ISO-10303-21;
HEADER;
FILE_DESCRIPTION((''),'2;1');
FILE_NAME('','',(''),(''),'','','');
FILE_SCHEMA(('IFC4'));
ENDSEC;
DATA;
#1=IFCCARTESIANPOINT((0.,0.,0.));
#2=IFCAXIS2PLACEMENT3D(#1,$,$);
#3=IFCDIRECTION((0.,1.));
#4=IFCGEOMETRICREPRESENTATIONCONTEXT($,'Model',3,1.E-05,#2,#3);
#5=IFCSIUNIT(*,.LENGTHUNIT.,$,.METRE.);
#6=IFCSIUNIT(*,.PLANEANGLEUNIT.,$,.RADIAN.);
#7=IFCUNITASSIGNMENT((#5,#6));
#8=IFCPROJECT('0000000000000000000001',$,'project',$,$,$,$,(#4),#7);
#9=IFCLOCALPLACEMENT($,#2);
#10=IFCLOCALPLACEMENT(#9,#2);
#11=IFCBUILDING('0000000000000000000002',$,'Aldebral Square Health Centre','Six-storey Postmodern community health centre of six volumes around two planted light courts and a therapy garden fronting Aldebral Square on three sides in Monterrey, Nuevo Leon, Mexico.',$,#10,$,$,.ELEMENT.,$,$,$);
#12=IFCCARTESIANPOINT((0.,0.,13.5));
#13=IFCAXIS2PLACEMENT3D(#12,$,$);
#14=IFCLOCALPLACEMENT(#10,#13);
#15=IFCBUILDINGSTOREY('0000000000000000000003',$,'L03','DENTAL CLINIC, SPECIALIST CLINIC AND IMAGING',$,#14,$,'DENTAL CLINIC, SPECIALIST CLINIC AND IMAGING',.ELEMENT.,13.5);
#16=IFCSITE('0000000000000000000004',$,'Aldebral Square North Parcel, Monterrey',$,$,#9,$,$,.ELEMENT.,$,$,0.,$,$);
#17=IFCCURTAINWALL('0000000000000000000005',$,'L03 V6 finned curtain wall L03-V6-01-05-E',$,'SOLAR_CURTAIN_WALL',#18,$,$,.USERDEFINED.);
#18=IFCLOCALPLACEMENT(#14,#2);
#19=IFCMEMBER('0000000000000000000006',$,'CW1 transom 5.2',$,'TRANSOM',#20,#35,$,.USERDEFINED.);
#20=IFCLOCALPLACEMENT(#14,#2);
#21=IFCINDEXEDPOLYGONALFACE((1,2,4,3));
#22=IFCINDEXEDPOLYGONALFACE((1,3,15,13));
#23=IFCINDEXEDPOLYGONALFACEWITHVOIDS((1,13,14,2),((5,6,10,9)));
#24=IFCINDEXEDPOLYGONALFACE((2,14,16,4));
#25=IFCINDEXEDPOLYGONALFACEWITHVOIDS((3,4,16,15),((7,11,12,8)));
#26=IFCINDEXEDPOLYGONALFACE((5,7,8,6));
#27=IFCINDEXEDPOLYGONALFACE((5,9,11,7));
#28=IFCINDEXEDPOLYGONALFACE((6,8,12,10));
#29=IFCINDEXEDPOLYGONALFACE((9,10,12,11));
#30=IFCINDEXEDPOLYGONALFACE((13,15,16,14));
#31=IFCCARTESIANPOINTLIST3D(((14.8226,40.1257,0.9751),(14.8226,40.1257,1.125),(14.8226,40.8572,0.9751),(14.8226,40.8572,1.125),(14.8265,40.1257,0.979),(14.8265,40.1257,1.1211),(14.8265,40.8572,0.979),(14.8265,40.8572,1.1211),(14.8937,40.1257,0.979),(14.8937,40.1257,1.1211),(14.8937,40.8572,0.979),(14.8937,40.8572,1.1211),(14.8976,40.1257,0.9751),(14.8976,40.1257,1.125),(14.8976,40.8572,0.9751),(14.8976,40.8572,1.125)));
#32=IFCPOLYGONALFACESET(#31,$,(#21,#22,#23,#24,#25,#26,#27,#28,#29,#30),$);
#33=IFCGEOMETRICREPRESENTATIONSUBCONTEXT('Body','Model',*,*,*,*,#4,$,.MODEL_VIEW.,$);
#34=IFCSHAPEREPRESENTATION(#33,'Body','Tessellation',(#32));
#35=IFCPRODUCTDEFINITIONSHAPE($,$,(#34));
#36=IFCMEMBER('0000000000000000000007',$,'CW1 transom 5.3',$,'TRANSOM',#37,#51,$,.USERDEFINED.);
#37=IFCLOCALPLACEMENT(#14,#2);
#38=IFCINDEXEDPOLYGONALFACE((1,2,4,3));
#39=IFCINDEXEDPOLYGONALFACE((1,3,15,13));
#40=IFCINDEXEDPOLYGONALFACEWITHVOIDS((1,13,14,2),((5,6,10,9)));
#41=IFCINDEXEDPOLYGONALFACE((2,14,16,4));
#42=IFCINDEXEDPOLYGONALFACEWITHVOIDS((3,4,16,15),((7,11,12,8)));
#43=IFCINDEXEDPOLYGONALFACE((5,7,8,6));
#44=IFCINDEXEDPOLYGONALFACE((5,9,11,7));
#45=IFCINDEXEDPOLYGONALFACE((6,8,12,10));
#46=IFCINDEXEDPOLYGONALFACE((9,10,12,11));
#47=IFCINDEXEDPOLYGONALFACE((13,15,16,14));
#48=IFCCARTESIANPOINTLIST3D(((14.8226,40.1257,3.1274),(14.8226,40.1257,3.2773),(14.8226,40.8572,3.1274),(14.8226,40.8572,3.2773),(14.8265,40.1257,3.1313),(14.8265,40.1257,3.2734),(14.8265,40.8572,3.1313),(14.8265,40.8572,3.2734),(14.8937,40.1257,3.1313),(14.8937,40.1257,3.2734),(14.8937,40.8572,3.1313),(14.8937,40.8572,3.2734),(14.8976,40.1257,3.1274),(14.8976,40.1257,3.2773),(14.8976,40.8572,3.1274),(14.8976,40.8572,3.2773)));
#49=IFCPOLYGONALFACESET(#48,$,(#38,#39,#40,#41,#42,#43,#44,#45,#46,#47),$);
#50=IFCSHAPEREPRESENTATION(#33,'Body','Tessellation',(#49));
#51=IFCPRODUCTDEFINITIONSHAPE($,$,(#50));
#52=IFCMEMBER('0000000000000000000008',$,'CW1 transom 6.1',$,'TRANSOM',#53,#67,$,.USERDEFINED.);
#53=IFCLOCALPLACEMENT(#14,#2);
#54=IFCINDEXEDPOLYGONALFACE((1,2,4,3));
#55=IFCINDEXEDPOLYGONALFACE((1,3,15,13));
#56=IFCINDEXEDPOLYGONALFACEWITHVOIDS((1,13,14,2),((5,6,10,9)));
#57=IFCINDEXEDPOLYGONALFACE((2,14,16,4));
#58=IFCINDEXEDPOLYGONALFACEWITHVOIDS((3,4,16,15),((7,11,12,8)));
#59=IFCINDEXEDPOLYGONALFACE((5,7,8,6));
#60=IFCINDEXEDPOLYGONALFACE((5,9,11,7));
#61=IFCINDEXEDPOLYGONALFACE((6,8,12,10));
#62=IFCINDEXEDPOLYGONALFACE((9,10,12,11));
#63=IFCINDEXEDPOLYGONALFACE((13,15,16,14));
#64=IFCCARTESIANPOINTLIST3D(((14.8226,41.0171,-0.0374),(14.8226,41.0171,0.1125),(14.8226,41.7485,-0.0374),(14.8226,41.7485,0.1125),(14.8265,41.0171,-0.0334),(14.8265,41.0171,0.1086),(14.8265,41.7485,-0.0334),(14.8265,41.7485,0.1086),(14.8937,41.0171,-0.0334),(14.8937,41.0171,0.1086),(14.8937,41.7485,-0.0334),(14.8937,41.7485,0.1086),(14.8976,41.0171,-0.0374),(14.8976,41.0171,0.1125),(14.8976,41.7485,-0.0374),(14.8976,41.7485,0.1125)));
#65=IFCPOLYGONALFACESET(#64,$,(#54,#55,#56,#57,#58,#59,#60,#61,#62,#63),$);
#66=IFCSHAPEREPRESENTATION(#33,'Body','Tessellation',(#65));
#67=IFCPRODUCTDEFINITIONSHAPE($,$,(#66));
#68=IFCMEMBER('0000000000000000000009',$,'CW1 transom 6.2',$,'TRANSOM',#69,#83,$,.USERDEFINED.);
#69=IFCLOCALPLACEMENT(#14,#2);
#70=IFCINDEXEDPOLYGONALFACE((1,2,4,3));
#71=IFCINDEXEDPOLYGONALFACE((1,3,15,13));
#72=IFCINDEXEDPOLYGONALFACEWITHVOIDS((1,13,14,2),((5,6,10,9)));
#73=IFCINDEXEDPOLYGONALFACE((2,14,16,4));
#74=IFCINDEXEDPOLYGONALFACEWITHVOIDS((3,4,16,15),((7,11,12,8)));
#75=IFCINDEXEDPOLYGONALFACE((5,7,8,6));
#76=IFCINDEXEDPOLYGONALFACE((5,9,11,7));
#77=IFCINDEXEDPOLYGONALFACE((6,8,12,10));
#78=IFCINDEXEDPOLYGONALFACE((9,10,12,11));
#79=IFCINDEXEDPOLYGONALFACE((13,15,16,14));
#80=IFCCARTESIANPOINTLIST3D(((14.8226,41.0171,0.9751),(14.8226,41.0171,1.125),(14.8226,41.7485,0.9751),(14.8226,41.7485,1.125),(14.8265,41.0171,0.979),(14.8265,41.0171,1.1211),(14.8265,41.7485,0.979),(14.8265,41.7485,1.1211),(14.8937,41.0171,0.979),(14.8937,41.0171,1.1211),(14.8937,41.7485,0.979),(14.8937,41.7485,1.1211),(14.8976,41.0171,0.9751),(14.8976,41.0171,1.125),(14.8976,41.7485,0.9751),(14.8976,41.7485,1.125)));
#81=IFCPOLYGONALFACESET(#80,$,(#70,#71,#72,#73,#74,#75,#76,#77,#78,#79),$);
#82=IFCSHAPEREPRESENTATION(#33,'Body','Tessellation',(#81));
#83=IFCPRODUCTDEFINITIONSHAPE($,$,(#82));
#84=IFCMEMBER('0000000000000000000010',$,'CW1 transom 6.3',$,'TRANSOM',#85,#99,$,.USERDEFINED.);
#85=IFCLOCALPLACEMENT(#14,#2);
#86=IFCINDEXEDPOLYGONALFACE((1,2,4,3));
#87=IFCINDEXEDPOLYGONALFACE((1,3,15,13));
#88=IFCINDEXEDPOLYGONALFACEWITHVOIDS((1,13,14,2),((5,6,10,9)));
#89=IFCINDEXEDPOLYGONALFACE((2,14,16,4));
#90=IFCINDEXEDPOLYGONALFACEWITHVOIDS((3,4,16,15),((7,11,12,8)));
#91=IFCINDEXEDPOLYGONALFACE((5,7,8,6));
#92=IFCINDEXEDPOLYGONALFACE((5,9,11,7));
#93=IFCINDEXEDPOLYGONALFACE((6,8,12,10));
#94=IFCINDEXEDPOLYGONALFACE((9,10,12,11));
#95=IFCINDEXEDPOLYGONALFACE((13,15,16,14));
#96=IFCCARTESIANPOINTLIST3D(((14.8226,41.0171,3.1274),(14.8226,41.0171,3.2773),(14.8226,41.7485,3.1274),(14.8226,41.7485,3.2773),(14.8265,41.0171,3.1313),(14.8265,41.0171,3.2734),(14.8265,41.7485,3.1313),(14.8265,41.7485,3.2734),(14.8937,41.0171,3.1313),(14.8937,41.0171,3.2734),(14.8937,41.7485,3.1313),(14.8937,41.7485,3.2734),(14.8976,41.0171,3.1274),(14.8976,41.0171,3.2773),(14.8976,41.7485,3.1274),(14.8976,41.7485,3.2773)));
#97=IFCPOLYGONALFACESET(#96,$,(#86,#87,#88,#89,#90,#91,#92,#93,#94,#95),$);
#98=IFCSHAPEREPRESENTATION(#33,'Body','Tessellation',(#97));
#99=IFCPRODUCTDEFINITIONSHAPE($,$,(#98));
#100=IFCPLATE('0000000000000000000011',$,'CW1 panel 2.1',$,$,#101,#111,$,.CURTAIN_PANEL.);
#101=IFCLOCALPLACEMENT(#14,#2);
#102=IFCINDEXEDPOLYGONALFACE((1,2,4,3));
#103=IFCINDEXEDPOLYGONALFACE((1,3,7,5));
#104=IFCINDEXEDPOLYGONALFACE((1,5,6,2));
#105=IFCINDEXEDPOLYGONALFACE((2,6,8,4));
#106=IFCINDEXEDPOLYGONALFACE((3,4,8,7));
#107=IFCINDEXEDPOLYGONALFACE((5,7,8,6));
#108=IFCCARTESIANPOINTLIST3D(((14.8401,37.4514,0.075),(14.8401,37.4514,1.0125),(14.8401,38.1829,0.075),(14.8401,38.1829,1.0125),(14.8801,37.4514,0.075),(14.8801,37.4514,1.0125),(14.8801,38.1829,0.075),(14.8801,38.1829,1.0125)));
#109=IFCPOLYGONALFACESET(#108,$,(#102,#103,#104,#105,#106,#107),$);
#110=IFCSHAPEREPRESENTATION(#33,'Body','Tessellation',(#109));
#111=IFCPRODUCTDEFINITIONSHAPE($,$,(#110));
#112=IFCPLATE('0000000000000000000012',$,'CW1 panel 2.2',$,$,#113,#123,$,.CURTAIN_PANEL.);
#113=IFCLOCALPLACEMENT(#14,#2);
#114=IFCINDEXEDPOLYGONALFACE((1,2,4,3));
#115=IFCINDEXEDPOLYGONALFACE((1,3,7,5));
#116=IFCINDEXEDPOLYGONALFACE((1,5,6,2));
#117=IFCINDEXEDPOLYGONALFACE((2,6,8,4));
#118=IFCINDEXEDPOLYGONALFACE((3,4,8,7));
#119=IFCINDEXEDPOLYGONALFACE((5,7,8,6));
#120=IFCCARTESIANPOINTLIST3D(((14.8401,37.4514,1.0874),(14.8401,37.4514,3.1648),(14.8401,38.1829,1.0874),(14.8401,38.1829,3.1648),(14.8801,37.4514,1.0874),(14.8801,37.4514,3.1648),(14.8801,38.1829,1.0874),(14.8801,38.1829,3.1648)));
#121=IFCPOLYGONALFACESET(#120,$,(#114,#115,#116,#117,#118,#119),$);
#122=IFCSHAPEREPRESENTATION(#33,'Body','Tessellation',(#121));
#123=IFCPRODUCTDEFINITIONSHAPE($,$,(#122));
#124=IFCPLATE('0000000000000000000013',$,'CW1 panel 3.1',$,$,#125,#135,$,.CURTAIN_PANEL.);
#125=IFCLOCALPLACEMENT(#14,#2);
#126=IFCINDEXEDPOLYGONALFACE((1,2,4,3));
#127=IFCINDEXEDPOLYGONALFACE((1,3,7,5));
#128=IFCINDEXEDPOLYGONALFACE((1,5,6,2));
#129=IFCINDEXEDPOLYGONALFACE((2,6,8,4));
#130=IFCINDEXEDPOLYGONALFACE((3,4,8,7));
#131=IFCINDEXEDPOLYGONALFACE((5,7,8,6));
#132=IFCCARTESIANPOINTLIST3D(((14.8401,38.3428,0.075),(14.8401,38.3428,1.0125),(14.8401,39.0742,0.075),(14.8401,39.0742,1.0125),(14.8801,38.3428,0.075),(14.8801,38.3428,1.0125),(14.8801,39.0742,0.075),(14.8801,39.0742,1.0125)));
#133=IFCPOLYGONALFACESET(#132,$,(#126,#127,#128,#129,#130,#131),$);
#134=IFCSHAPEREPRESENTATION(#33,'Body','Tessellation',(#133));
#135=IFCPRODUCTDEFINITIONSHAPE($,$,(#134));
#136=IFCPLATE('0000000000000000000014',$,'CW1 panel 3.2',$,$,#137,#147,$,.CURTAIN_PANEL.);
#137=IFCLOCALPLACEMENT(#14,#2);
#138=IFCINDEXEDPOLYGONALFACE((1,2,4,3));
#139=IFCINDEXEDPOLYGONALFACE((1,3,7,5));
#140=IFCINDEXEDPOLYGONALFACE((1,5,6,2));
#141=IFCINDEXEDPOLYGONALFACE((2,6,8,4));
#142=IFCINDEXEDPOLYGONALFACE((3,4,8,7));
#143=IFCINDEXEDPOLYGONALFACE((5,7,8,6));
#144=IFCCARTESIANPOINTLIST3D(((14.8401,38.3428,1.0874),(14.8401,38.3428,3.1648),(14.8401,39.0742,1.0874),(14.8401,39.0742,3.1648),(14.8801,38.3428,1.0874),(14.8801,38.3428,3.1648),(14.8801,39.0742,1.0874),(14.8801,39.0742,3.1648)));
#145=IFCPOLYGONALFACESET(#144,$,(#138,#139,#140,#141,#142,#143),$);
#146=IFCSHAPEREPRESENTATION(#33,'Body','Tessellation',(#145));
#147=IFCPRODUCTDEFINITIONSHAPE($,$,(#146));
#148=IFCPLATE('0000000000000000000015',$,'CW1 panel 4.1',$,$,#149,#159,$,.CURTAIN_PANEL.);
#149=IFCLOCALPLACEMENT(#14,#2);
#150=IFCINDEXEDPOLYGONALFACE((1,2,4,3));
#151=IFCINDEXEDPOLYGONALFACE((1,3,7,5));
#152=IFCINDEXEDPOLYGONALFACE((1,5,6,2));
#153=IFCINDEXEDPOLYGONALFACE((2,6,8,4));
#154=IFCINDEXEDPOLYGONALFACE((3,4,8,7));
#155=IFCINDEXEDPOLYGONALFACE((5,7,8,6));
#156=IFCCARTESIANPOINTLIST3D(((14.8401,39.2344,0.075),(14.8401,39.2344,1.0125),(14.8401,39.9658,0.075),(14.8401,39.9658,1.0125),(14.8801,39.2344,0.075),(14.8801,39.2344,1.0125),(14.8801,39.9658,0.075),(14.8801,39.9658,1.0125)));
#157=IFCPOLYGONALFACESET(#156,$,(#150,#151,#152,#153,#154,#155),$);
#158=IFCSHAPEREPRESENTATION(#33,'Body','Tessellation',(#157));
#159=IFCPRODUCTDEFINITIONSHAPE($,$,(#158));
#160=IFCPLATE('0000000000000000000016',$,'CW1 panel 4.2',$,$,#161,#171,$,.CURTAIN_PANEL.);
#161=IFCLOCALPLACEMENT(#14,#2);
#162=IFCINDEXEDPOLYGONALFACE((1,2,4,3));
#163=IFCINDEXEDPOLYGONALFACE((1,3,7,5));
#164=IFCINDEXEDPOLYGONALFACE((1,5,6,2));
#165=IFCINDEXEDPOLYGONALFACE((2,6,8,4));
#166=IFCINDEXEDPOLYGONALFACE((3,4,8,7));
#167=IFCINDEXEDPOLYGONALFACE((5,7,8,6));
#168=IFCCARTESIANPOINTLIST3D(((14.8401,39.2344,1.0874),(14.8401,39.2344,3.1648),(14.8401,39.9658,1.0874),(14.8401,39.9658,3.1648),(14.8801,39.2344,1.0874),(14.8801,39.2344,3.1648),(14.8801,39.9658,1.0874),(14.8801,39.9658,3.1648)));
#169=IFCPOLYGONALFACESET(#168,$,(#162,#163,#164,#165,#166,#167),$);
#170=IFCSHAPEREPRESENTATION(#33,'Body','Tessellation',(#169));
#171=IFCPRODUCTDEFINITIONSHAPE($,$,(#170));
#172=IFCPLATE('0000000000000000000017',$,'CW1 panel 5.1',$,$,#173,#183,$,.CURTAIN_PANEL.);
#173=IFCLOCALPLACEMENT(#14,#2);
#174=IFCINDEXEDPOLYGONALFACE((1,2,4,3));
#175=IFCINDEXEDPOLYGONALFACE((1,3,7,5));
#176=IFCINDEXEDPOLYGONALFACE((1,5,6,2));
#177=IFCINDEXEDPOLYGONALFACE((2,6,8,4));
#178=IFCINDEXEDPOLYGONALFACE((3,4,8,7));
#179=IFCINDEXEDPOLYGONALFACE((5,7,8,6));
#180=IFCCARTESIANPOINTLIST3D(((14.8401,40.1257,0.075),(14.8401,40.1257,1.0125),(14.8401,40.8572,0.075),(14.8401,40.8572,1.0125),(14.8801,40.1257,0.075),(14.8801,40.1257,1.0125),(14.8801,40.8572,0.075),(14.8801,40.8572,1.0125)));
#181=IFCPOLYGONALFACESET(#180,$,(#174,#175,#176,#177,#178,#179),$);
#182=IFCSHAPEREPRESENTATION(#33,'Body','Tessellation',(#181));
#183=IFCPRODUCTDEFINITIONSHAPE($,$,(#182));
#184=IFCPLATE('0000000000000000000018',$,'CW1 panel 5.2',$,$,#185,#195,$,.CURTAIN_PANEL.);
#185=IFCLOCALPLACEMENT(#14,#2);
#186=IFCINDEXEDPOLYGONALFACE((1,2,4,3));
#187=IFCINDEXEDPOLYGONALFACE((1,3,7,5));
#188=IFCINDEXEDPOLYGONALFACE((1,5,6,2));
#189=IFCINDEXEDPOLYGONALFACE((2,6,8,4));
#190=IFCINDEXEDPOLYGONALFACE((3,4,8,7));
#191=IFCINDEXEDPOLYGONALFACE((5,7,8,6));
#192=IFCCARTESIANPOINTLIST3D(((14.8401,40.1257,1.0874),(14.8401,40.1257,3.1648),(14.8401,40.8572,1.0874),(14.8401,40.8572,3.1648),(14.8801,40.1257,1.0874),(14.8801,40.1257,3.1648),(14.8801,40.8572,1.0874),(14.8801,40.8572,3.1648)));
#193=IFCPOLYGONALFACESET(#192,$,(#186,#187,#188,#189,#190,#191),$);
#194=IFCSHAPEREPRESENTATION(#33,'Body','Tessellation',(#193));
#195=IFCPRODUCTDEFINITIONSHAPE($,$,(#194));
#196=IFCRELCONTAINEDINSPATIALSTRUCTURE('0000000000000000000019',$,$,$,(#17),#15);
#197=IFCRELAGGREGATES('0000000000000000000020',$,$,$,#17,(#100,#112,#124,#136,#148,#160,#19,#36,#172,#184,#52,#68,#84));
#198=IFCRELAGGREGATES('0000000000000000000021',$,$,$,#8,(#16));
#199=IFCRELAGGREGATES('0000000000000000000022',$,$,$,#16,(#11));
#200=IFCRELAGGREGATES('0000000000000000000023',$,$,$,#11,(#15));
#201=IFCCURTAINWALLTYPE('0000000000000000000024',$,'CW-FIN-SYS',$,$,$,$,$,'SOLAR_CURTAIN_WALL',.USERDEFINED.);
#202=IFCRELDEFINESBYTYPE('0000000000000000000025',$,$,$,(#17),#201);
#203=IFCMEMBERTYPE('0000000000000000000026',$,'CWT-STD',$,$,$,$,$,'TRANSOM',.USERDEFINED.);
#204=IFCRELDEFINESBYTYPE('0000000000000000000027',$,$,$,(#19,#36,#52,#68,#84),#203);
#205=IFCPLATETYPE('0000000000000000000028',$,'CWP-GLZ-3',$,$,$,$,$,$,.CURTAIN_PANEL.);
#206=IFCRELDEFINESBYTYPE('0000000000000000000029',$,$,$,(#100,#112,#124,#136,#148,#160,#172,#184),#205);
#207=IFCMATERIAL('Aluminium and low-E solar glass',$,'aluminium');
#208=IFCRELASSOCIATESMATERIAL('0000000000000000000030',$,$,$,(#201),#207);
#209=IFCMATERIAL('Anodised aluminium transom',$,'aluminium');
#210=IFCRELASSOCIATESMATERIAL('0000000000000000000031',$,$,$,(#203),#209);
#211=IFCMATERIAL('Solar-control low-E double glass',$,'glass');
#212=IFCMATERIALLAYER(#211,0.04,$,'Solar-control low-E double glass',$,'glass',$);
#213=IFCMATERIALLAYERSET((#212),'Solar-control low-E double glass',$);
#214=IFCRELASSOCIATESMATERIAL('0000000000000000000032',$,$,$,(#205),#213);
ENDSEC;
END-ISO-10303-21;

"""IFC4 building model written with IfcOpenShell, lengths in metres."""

from ifc_helpers import new_model, si_unit, direction, frame, origin, origin_2d, place, context, subcontext, project, spatial, rectangle, hollow_rectangle, extrude, material, layer, layer_set, material_profile, profile_set, type_object, element, aggregate, save


model = new_model("IFC4")

# Units and contexts
model_context = context("Model", 3, precision=1e-05, world=origin(), true_north=direction((0.0, 1.0)))
body_context = subcontext(model_context, "Body", "Model", "MODEL_VIEW")
ifc_project = project(units=[si_unit("LENGTHUNIT", "METRE"), si_unit("PLANEANGLEUNIT", "RADIAN")], contexts=[model_context])

# Site, building, storey
site_placement = place(None, origin())
site = spatial("IfcSite", under=ifc_project, at=site_placement, Name="Aldebral Square North Parcel, Monterrey", CompositionType="ELEMENT", RefElevation=0.0)
building_placement = place(site_placement, origin())
building = spatial("IfcBuilding", under=site, at=building_placement, Name="Aldebral Square Health Centre", Description="Six-storey Postmodern community health centre of six volumes around two planted light courts and a therapy garden fronting Aldebral Square on three sides in Monterrey, Nuevo Leon, Mexico.", CompositionType="ELEMENT")
storey_placement = place(building_placement, frame((0.0, 0.0, 13.5)))
storey = spatial("IfcBuildingStorey", under=building, at=storey_placement, Name="L03", Description="DENTAL CLINIC, SPECIALIST CLINIC AND IMAGING", LongName="DENTAL CLINIC, SPECIALIST CLINIC AND IMAGING", CompositionType="ELEMENT", Elevation=13.5)

# Curtain wall, members, plates
ifc_material_1 = material(Name="Aluminium and low-E solar glass", Category="aluminium")
curtain_wall_type = type_object("IfcCurtainWallType", Name="CW-FIN-SYS", ElementType="SOLAR_CURTAIN_WALL", PredefinedType="USERDEFINED", material=ifc_material_1)
curtain_wall_placement = place(storey_placement, origin())
curtain_wall = element("IfcCurtainWall", 1, at=curtain_wall_placement, inside=storey, type_object=curtain_wall_type, Name="L03 V6 finned curtain wall L03-V6-01-05-E", ObjectType="SOLAR_CURTAIN_WALL", PredefinedType="USERDEFINED")
ifc_material_2 = material(Name="Anodised aluminium transom", Category="aluminium")
ifc_material_profile_1 = material_profile(ifc_material_2, hollow_rectangle(XDim=0.075, YDim=0.1499, WallThickness=0.0039, at=origin_2d()), Name="CWT 75x150x4")
ifc_profile_set_1 = profile_set([ifc_material_profile_1], Name="Anodised aluminium transom")
member_type_1 = type_object("IfcMemberType", Name="CWT-STD", ElementType="TRANSOM", PredefinedType="USERDEFINED", material=ifc_profile_set_1)
member_1_placement = place(storey_placement, frame((14.8601, 40.1257, 1.05), z_axis=(0.0, 1.0, 0.0), x_axis=(-1.0, 0.0, 0.0)))
member_1 = element("IfcMember", 2, at=member_1_placement, type_object=member_type_1, Name="CW1 transom 5.2", ObjectType="TRANSOM", PredefinedType="USERDEFINED", context=body_context, shape_type="SweptSolid", body=[
    extrude(hollow_rectangle(XDim=0.075, YDim=0.1499, WallThickness=0.0039, at=origin_2d()), origin(), (0.0, 0.0, 1.0), 0.7314),
])
member_2_placement = place(storey_placement, frame((14.8601, 40.1257, 3.2024), z_axis=(0.0, 1.0, 0.0), x_axis=(-1.0, 0.0, 0.0)))
member_2 = element("IfcMember", 3, at=member_2_placement, type_object=member_type_1, Name="CW1 transom 5.3", ObjectType="TRANSOM", PredefinedType="USERDEFINED", context=body_context, shape_type="SweptSolid", body=[
    extrude(hollow_rectangle(XDim=0.075, YDim=0.1499, WallThickness=0.0039, at=origin_2d()), origin(), (0.0, 0.0, 1.0), 0.7314),
])
member_3_placement = place(storey_placement, frame((14.8601, 41.0171, 0.0376), z_axis=(0.0, 1.0, 0.0), x_axis=(-1.0, 0.0, 0.0)))
member_3 = element("IfcMember", 4, at=member_3_placement, type_object=member_type_1, Name="CW1 transom 6.1", ObjectType="TRANSOM", PredefinedType="USERDEFINED", context=body_context, shape_type="SweptSolid", body=[
    extrude(hollow_rectangle(XDim=0.075, YDim=0.1499, WallThickness=0.0039, at=origin_2d()), origin(), (0.0, 0.0, 1.0), 0.7314),
])
member_4_placement = place(storey_placement, frame((14.8601, 41.0171, 1.05), z_axis=(0.0, 1.0, 0.0), x_axis=(-1.0, 0.0, 0.0)))
member_4 = element("IfcMember", 5, at=member_4_placement, type_object=member_type_1, Name="CW1 transom 6.2", ObjectType="TRANSOM", PredefinedType="USERDEFINED", context=body_context, shape_type="SweptSolid", body=[
    extrude(hollow_rectangle(XDim=0.075, YDim=0.1499, WallThickness=0.0039, at=origin_2d()), origin(), (0.0, 0.0, 1.0), 0.7314),
])
member_5_placement = place(storey_placement, frame((14.8601, 41.0171, 3.2024), z_axis=(0.0, 1.0, 0.0), x_axis=(-1.0, 0.0, 0.0)))
member_5 = element("IfcMember", 6, at=member_5_placement, type_object=member_type_1, Name="CW1 transom 6.3", ObjectType="TRANSOM", PredefinedType="USERDEFINED", context=body_context, shape_type="SweptSolid", body=[
    extrude(hollow_rectangle(XDim=0.075, YDim=0.1499, WallThickness=0.0039, at=origin_2d()), origin(), (0.0, 0.0, 1.0), 0.7314),
])
ifc_material_3 = material(Name="Solar-control low-E double glass", Category="glass")
ifc_layer = layer(ifc_material_3, 0.04, Name="Solar-control low-E double glass", Category="glass")
ifc_layer_set = layer_set([ifc_layer], Name="Solar-control low-E double glass")
plate_type = type_object("IfcPlateType", Name="CWP-GLZ-3", PredefinedType="CURTAIN_PANEL", material=ifc_layer_set)
plate_1_placement = place(storey_placement, frame((14.8601, 37.8171, 0.075), z_axis=(0.0, 0.0, 1.0), x_axis=(0.0, 1.0, 0.0)))
plate_1 = element("IfcPlate", 7, at=plate_1_placement, type_object=plate_type, Name="CW1 panel 2.1", PredefinedType="CURTAIN_PANEL", context=body_context, shape_type="SweptSolid", body=[
    extrude(rectangle(XDim=0.7314, YDim=0.04, at=origin_2d()), origin(), (0.0, 0.0, 1.0), 0.9375),
])
plate_2_placement = place(storey_placement, frame((14.8601, 37.8171, 1.0874), z_axis=(0.0, 0.0, 1.0), x_axis=(0.0, 1.0, 0.0)))
plate_2 = element("IfcPlate", 8, at=plate_2_placement, type_object=plate_type, Name="CW1 panel 2.2", PredefinedType="CURTAIN_PANEL", context=body_context, shape_type="SweptSolid", body=[
    extrude(rectangle(XDim=0.7314, YDim=0.04, at=origin_2d()), origin(), (0.0, 0.0, 1.0), 2.0774),
])
plate_3_placement = place(storey_placement, frame((14.8601, 38.7085, 0.075), z_axis=(0.0, 0.0, 1.0), x_axis=(0.0, 1.0, 0.0)))
plate_3 = element("IfcPlate", 9, at=plate_3_placement, type_object=plate_type, Name="CW1 panel 3.1", PredefinedType="CURTAIN_PANEL", context=body_context, shape_type="SweptSolid", body=[
    extrude(rectangle(XDim=0.7314, YDim=0.04, at=origin_2d()), origin(), (0.0, 0.0, 1.0), 0.9375),
])
plate_4_placement = place(storey_placement, frame((14.8601, 38.7085, 1.0874), z_axis=(0.0, 0.0, 1.0), x_axis=(0.0, 1.0, 0.0)))
plate_4 = element("IfcPlate", 10, at=plate_4_placement, type_object=plate_type, Name="CW1 panel 3.2", PredefinedType="CURTAIN_PANEL", context=body_context, shape_type="SweptSolid", body=[
    extrude(rectangle(XDim=0.7314, YDim=0.04, at=origin_2d()), origin(), (0.0, 0.0, 1.0), 2.0774),
])
plate_5_placement = place(storey_placement, frame((14.8601, 39.6001, 0.075), z_axis=(0.0, 0.0, 1.0), x_axis=(0.0, 1.0, 0.0)))
plate_5 = element("IfcPlate", 11, at=plate_5_placement, type_object=plate_type, Name="CW1 panel 4.1", PredefinedType="CURTAIN_PANEL", context=body_context, shape_type="SweptSolid", body=[
    extrude(rectangle(XDim=0.7314, YDim=0.04, at=origin_2d()), origin(), (0.0, 0.0, 1.0), 0.9375),
])
plate_6_placement = place(storey_placement, frame((14.8601, 39.6001, 1.0874), z_axis=(0.0, 0.0, 1.0), x_axis=(0.0, 1.0, 0.0)))
plate_6 = element("IfcPlate", 12, at=plate_6_placement, type_object=plate_type, Name="CW1 panel 4.2", PredefinedType="CURTAIN_PANEL", context=body_context, shape_type="SweptSolid", body=[
    extrude(rectangle(XDim=0.7314, YDim=0.04, at=origin_2d()), origin(), (0.0, 0.0, 1.0), 2.0774),
])
plate_7_placement = place(storey_placement, frame((14.8601, 40.4915, 0.075), z_axis=(0.0, 0.0, 1.0), x_axis=(0.0, 1.0, 0.0)))
plate_7 = element("IfcPlate", 13, at=plate_7_placement, type_object=plate_type, Name="CW1 panel 5.1", PredefinedType="CURTAIN_PANEL", context=body_context, shape_type="SweptSolid", body=[
    extrude(rectangle(XDim=0.7314, YDim=0.04, at=origin_2d()), origin(), (0.0, 0.0, 1.0), 0.9375),
])
plate_8_placement = place(storey_placement, frame((14.8601, 40.4915, 1.0874), z_axis=(0.0, 0.0, 1.0), x_axis=(0.0, 1.0, 0.0)))
plate_8 = element("IfcPlate", 14, at=plate_8_placement, type_object=plate_type, Name="CW1 panel 5.2", PredefinedType="CURTAIN_PANEL", context=body_context, shape_type="SweptSolid", body=[
    extrude(rectangle(XDim=0.7314, YDim=0.04, at=origin_2d()), origin(), (0.0, 0.0, 1.0), 2.0774),
])
aggregate(curtain_wall, [plate_1, plate_2, plate_3, plate_4, plate_5, plate_6, member_1, member_2, plate_7, plate_8, member_3, member_4, member_5])

save(model, "model.ifc")
